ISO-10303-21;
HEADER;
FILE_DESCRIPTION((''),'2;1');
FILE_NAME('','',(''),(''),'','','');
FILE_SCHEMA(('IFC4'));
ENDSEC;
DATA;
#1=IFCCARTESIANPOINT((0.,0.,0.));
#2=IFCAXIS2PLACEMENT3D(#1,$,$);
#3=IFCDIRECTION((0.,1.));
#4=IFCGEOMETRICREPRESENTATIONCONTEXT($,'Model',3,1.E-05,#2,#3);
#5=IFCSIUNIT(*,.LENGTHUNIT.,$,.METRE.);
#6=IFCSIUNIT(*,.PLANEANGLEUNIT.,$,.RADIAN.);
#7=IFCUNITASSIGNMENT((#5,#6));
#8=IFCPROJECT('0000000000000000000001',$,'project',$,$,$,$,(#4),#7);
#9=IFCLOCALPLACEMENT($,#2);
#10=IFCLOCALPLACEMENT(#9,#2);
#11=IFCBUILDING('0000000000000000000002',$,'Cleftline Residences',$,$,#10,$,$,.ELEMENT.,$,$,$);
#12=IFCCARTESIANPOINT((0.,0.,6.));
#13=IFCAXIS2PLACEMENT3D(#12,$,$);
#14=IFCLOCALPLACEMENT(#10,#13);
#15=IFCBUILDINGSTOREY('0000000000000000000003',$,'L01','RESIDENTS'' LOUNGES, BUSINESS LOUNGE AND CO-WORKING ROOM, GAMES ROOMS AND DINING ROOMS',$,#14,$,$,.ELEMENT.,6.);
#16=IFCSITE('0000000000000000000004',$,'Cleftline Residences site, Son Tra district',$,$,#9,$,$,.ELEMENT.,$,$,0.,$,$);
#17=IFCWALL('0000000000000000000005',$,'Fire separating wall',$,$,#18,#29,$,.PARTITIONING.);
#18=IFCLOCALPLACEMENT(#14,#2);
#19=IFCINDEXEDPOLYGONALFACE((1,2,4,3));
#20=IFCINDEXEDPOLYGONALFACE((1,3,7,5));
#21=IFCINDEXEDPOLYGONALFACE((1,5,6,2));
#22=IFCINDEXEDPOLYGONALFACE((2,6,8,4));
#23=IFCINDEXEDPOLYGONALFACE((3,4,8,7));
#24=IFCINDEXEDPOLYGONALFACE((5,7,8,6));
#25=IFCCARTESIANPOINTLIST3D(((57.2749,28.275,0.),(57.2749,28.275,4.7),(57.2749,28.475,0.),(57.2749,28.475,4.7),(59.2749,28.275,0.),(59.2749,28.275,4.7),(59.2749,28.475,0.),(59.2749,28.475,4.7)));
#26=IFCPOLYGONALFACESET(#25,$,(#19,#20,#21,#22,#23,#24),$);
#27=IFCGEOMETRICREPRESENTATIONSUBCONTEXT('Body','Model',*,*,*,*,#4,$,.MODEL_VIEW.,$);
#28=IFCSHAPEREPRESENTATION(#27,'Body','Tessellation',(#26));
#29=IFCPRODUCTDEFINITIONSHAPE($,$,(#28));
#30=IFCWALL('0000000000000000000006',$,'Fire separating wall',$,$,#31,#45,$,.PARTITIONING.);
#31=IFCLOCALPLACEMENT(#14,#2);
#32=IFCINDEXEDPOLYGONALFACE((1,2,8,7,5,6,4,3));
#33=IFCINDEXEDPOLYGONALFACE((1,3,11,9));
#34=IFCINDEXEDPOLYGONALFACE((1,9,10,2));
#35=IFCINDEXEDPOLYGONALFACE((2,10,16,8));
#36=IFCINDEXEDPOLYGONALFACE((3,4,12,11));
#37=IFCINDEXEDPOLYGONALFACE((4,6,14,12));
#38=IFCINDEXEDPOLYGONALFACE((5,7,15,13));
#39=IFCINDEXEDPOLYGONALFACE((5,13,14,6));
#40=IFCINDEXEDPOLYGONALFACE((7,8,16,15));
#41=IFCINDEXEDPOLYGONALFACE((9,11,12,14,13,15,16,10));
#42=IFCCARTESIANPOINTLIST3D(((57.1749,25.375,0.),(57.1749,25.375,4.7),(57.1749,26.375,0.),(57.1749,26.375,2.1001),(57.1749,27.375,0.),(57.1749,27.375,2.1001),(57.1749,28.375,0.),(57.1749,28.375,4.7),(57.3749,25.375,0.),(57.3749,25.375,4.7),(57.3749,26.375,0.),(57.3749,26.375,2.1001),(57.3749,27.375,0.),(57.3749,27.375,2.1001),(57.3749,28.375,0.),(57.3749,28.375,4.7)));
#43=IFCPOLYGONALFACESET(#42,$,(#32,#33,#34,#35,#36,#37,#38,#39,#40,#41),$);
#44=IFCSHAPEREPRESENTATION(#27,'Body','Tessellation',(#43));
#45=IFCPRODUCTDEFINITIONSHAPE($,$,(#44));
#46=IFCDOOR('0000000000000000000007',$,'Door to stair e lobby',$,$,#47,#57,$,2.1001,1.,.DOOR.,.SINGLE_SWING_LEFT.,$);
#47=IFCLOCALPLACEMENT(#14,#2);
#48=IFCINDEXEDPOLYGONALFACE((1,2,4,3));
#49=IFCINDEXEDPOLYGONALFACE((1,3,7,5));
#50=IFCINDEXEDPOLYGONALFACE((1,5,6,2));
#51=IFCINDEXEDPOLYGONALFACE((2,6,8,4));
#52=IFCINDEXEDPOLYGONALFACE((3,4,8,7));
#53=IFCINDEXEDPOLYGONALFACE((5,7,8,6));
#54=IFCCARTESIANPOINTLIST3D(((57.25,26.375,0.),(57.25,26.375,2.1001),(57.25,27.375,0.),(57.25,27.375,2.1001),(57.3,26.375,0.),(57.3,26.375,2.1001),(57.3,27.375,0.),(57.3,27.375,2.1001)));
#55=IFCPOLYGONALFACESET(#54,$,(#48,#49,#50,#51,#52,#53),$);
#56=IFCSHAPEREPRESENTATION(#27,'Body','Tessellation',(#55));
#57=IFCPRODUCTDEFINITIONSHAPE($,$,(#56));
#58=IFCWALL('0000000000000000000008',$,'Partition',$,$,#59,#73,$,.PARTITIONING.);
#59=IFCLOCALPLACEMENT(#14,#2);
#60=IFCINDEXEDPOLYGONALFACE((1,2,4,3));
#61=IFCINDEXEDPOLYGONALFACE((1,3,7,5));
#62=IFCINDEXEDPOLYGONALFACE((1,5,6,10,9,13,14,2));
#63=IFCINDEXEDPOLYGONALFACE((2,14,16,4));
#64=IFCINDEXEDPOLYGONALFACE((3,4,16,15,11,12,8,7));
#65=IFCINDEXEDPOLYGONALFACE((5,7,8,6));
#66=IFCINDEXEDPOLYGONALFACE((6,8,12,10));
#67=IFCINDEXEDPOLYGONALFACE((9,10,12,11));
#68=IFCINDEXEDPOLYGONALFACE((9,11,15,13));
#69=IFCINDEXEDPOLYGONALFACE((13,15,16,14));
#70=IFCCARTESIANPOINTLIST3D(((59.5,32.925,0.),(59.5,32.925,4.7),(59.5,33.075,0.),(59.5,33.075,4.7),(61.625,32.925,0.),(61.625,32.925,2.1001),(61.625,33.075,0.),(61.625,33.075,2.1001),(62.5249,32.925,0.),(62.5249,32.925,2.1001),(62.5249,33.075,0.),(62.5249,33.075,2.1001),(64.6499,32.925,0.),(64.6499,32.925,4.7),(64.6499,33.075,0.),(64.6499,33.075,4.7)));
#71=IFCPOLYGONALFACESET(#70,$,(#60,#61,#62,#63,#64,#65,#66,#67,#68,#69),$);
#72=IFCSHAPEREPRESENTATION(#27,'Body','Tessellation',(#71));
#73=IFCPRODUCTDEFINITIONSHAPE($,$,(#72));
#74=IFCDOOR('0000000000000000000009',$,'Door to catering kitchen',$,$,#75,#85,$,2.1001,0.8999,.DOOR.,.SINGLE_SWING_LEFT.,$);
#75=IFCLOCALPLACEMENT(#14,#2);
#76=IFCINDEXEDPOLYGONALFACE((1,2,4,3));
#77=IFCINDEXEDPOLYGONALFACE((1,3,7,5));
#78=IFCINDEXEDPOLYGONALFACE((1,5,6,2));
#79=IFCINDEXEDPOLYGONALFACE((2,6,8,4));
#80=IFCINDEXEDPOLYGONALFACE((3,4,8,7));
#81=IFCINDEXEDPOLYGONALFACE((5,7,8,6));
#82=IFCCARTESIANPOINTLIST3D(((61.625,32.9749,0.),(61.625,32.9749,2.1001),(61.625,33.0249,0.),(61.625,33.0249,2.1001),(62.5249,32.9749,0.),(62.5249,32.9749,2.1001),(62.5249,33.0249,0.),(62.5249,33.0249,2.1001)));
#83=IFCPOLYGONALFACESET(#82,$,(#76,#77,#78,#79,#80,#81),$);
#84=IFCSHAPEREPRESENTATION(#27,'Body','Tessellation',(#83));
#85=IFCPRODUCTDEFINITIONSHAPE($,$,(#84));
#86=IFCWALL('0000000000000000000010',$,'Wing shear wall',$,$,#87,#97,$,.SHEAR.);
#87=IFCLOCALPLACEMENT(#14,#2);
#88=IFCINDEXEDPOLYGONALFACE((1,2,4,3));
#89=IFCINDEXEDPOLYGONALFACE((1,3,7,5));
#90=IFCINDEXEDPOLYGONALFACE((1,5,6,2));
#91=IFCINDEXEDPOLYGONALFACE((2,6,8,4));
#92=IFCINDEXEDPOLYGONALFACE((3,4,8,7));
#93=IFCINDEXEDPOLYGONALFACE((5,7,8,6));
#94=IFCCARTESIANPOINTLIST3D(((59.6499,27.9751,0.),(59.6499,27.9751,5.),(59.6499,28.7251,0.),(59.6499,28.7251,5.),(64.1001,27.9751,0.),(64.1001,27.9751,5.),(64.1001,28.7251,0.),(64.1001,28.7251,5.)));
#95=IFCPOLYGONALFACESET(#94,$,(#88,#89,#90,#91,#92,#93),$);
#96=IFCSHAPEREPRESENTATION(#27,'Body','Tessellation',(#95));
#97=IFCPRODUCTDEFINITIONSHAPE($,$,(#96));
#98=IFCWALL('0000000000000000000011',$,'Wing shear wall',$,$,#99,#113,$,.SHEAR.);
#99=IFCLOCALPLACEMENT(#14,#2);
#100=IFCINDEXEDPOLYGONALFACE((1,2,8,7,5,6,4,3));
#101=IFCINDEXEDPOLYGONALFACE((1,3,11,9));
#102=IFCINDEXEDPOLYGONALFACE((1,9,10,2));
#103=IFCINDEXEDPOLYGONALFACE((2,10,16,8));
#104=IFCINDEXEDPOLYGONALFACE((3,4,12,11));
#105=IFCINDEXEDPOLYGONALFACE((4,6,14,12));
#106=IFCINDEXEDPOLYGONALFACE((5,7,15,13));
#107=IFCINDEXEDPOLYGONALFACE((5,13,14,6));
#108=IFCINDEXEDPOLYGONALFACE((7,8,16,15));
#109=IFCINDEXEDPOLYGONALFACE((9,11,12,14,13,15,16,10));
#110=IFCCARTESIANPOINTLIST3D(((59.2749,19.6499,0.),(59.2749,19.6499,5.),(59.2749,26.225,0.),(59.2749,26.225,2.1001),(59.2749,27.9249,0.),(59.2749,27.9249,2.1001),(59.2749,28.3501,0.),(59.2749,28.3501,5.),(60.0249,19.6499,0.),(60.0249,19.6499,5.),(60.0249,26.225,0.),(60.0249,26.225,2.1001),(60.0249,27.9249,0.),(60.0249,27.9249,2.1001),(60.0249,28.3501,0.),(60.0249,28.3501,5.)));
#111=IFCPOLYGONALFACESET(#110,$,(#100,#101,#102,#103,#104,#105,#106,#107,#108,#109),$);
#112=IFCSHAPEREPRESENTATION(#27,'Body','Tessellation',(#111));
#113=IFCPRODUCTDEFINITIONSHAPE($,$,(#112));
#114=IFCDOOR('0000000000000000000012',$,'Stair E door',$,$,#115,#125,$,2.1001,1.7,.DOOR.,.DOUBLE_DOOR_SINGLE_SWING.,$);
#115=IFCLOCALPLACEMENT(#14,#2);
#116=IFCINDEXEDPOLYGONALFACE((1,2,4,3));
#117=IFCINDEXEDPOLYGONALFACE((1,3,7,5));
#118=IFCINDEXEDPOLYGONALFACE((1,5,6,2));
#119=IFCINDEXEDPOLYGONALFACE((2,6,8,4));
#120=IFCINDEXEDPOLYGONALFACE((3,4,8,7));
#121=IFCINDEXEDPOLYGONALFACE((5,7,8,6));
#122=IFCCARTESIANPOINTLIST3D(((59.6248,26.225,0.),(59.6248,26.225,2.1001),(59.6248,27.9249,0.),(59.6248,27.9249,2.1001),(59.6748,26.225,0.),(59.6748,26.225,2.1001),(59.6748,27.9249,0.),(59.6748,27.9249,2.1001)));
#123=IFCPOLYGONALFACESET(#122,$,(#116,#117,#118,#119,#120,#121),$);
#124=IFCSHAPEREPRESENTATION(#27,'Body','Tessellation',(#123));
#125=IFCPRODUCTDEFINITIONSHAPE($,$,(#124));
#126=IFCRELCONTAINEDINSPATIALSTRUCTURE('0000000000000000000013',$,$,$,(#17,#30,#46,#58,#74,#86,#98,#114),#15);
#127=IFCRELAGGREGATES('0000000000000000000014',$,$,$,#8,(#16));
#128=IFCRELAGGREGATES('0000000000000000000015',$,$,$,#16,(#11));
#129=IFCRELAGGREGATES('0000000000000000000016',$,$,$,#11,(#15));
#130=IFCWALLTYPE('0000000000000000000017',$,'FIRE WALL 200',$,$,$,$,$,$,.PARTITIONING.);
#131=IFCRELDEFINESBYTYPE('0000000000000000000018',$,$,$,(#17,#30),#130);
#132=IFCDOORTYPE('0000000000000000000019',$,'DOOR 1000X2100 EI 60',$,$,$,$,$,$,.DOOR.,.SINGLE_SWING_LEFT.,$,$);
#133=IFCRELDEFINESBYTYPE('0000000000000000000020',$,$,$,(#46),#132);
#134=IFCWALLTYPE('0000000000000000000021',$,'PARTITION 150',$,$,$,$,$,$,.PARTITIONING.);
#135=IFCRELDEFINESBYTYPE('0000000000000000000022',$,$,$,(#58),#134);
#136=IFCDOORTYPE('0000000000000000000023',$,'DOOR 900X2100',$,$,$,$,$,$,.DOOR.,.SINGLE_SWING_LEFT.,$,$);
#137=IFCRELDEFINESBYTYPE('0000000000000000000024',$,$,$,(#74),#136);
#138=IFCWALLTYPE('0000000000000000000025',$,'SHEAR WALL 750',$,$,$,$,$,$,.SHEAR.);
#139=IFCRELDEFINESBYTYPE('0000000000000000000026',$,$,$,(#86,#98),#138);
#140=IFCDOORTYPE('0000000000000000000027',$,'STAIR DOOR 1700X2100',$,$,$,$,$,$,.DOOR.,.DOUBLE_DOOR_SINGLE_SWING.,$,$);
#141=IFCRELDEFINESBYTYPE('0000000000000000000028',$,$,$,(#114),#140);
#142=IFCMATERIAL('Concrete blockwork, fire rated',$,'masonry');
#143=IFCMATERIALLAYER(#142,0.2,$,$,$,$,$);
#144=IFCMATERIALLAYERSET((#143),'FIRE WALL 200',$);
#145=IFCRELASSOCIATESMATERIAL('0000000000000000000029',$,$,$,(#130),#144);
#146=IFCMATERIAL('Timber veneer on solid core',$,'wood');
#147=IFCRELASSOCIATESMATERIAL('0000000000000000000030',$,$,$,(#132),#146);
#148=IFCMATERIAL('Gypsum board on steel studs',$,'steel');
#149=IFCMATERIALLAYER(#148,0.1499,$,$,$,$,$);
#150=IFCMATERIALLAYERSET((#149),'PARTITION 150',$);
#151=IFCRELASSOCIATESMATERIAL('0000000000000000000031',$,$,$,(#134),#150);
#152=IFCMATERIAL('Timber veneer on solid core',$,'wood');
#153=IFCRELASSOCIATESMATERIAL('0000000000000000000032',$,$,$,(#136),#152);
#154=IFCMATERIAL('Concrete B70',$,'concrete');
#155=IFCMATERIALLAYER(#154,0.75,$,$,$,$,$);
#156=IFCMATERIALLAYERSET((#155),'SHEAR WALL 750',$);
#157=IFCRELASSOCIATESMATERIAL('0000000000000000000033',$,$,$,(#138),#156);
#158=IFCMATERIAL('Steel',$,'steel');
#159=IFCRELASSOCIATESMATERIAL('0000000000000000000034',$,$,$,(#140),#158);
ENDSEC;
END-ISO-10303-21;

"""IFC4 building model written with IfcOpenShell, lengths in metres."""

from ifc_helpers import new_model, si_unit, direction, frame, frame_2d, origin, place, context, subcontext, project, spatial, rectangle, extrude, material, layer, layer_set, type_object, element, fill, save


model = new_model("IFC4")

# Units and contexts
model_context = context("Model", 3, precision=1e-05, world=origin(), true_north=direction((0.0, 1.0)))
body_context = subcontext(model_context, "Body", "Model", "MODEL_VIEW")
ifc_project = project(units=[si_unit("LENGTHUNIT", "METRE"), si_unit("PLANEANGLEUNIT", "RADIAN")], contexts=[model_context])

# Site, building, storey
site_placement = place(None, origin())
site = spatial("IfcSite", under=ifc_project, at=site_placement, Name="Cleftline Residences site, Son Tra district", CompositionType="ELEMENT", RefElevation=0.0)
building_placement = place(site_placement, origin())
building = spatial("IfcBuilding", under=site, at=building_placement, Name="Cleftline Residences", CompositionType="ELEMENT")
storey_placement = place(building_placement, frame((0.0, 0.0, 6.0)))
storey = spatial("IfcBuildingStorey", under=building, at=storey_placement, Name="L01", Description="RESIDENTS' LOUNGES, BUSINESS LOUNGE AND CO-WORKING ROOM, GAMES ROOMS AND DINING ROOMS", CompositionType="ELEMENT", Elevation=6.0)

# Wall
ifc_material_1 = material(Name="Concrete blockwork, fire rated", Category="masonry")
ifc_layer_1 = layer(ifc_material_1, 0.2)
ifc_layer_set_1 = layer_set([ifc_layer_1], Name="FIRE WALL 200")
wall_type_1 = type_object("IfcWallType", Name="FIRE WALL 200", PredefinedType="PARTITIONING", material=ifc_layer_set_1)
for number, where, z_axis, x_axis, name in (
    (1, (57.2749, 28.375, 0.0), (0.0, 0.0, 1.0), (1.0, 0.0, 0.0), "Fire separating wall"),
):
    element("IfcWall", number, at=place(storey_placement, frame(where, z_axis=z_axis, x_axis=x_axis)), inside=storey, type_object=wall_type_1, Name=name, PredefinedType="PARTITIONING", context=body_context, shape_type="SweptSolid", body=[
        extrude(rectangle(XDim=2.0, YDim=0.2, at=frame_2d((1.0, 0.0))), origin(), (0.0, 0.0, 1.0), 4.7),
    ])

# Walls, openings, doors
wall_1_placement = place(storey_placement, frame((57.2749, 25.375, 0.0), z_axis=(0.0, 0.0, 1.0), x_axis=(0.0, 1.0, 0.0)))
wall_1 = element("IfcWall", 2, at=wall_1_placement, inside=storey, type_object=wall_type_1, Name="Fire separating wall", PredefinedType="PARTITIONING", context=body_context, shape_type="SweptSolid", body=[
    extrude(rectangle(XDim=3.0, YDim=0.2, at=frame_2d((1.5, 0.0))), origin(), (0.0, 0.0, 1.0), 4.7),
])
opening_1_placement = place(wall_1_placement, frame((1.0, 0.0, 0.0)))
opening_1 = element("IfcOpeningElement", 3, at=opening_1_placement, cuts=wall_1, PredefinedType="OPENING", context=body_context, shape_type="SweptSolid", body=[
    extrude(rectangle(XDim=1.0, YDim=2.1001, at=frame_2d((0.5, 1.05))), frame((0.0, 0.1099, 0.0), z_axis=(0.0, -1.0, 0.0), x_axis=(1.0, 0.0, 0.0)), (0.0, 0.0, 1.0), 0.22),
])
ifc_material_2 = material(Name="Timber veneer on solid core", Category="wood")
door_type_1 = type_object("IfcDoorType", Name="DOOR 1000X2100 EI 60", OperationType="SINGLE_SWING_LEFT", PredefinedType="DOOR", material=ifc_material_2)
door_1_placement = place(opening_1_placement, origin())
door_1 = element("IfcDoor", 4, at=door_1_placement, inside=storey, type_object=door_type_1, Name="Door to stair e lobby", OperationType="SINGLE_SWING_LEFT", OverallHeight=2.1001, OverallWidth=1.0, PredefinedType="DOOR", context=body_context, shape_type="SweptSolid", body=[
    extrude(rectangle(XDim=1.0, YDim=2.1001, at=frame_2d((0.5, 1.05))), frame((0.0, 0.0249, 0.0), z_axis=(0.0, -1.0, 0.0), x_axis=(1.0, 0.0, 0.0)), (0.0, 0.0, 1.0), 0.05),
])
fill(opening_1, door_1)
ifc_material_3 = material(Name="Gypsum board on steel studs", Category="steel")
ifc_layer_2 = layer(ifc_material_3, 0.1499)
ifc_layer_set_2 = layer_set([ifc_layer_2], Name="PARTITION 150")
wall_type_2 = type_object("IfcWallType", Name="PARTITION 150", PredefinedType="PARTITIONING", material=ifc_layer_set_2)
wall_2_placement = place(storey_placement, frame((59.5, 33.0, 0.0), z_axis=(0.0, 0.0, 1.0), x_axis=(1.0, 0.0, 0.0)))
wall_2 = element("IfcWall", 5, at=wall_2_placement, inside=storey, type_object=wall_type_2, Name="Partition", PredefinedType="PARTITIONING", context=body_context, shape_type="SweptSolid", body=[
    extrude(rectangle(XDim=5.1499, YDim=0.1499, at=frame_2d((2.575, 0.0))), origin(), (0.0, 0.0, 1.0), 4.7),
])
opening_2_placement = place(wall_2_placement, frame((2.125, 0.0, 0.0)))
opening_2 = element("IfcOpeningElement", 6, at=opening_2_placement, cuts=wall_2, PredefinedType="OPENING", context=body_context, shape_type="SweptSolid", body=[
    extrude(rectangle(XDim=0.8999, YDim=2.1001, at=frame_2d((0.45, 1.05))), frame((0.0, 0.085, 0.0), z_axis=(0.0, -1.0, 0.0), x_axis=(1.0, 0.0, 0.0)), (0.0, 0.0, 1.0), 0.1699),
])
ifc_material_4 = material(Name="Timber veneer on solid core", Category="wood")
door_type_2 = type_object("IfcDoorType", Name="DOOR 900X2100", OperationType="SINGLE_SWING_LEFT", PredefinedType="DOOR", material=ifc_material_4)
door_2_placement = place(opening_2_placement, origin())
door_2 = element("IfcDoor", 7, at=door_2_placement, inside=storey, type_object=door_type_2, Name="Door to catering kitchen", OperationType="SINGLE_SWING_LEFT", OverallHeight=2.1001, OverallWidth=0.8999, PredefinedType="DOOR", context=body_context, shape_type="SweptSolid", body=[
    extrude(rectangle(XDim=0.8999, YDim=2.1001, at=frame_2d((0.45, 1.05))), frame((0.0, 0.0249, 0.0), z_axis=(0.0, -1.0, 0.0), x_axis=(1.0, 0.0, 0.0)), (0.0, 0.0, 1.0), 0.05),
])
fill(opening_2, door_2)

# Wall
ifc_material_5 = material(Name="Concrete B70", Category="concrete")
ifc_layer_3 = layer(ifc_material_5, 0.75)
ifc_layer_set_3 = layer_set([ifc_layer_3], Name="SHEAR WALL 750")
wall_type_3 = type_object("IfcWallType", Name="SHEAR WALL 750", PredefinedType="SHEAR", material=ifc_layer_set_3)
wall_3_placement = place(storey_placement, frame((64.1001, 28.3501, 0.0), z_axis=(0.0, 0.0, 1.0), x_axis=(-1.0, 0.0, 0.0)))
element("IfcWall", 8, at=wall_3_placement, inside=storey, type_object=wall_type_3, Name="Wing shear wall", PredefinedType="SHEAR", context=body_context, shape_type="SweptSolid", body=[
    extrude(rectangle(XDim=4.4502, YDim=0.75, at=frame_2d((2.2251, 0.0))), origin(), (0.0, 0.0, 1.0), 5.0),
])

# Wall, opening, door
wall_4_placement = place(storey_placement, frame((59.6499, 28.3501, 0.0), z_axis=(0.0, 0.0, 1.0), x_axis=(0.0, -1.0, 0.0)))
wall_4 = element("IfcWall", 9, at=wall_4_placement, inside=storey, type_object=wall_type_3, Name="Wing shear wall", PredefinedType="SHEAR", context=body_context, shape_type="SweptSolid", body=[
    extrude(rectangle(XDim=8.7002, YDim=0.75, at=frame_2d((4.3501, 0.0))), origin(), (0.0, 0.0, 1.0), 5.0),
])
opening_3_placement = place(wall_4_placement, frame((0.425, 0.0, 0.0)))
opening_3 = element("IfcOpeningElement", 10, at=opening_3_placement, cuts=wall_4, PredefinedType="OPENING", context=body_context, shape_type="SweptSolid", body=[
    extrude(rectangle(XDim=1.7, YDim=2.1001, at=frame_2d((0.8501, 1.05))), frame((0.0, 0.385, 0.0), z_axis=(0.0, -1.0, 0.0), x_axis=(1.0, 0.0, 0.0)), (0.0, 0.0, 1.0), 0.77),
])
ifc_material_6 = material(Name="Steel", Category="steel")
door_type_3 = type_object("IfcDoorType", Name="STAIR DOOR 1700X2100", OperationType="DOUBLE_DOOR_SINGLE_SWING", PredefinedType="DOOR", material=ifc_material_6)
door_3_placement = place(opening_3_placement, origin())
door_3 = element("IfcDoor", 11, at=door_3_placement, inside=storey, type_object=door_type_3, Name="Stair E door", OperationType="DOUBLE_DOOR_SINGLE_SWING", OverallHeight=2.1001, OverallWidth=1.7, PredefinedType="DOOR", context=body_context, shape_type="SweptSolid", body=[
    extrude(rectangle(XDim=1.7, YDim=2.1001, at=frame_2d((0.8501, 1.05))), frame((0.0, 0.0249, 0.0), z_axis=(0.0, -1.0, 0.0), x_axis=(1.0, 0.0, 0.0)), (0.0, 0.0, 1.0), 0.05),
])
fill(opening_3, door_3)

save(model, "model.ifc")
